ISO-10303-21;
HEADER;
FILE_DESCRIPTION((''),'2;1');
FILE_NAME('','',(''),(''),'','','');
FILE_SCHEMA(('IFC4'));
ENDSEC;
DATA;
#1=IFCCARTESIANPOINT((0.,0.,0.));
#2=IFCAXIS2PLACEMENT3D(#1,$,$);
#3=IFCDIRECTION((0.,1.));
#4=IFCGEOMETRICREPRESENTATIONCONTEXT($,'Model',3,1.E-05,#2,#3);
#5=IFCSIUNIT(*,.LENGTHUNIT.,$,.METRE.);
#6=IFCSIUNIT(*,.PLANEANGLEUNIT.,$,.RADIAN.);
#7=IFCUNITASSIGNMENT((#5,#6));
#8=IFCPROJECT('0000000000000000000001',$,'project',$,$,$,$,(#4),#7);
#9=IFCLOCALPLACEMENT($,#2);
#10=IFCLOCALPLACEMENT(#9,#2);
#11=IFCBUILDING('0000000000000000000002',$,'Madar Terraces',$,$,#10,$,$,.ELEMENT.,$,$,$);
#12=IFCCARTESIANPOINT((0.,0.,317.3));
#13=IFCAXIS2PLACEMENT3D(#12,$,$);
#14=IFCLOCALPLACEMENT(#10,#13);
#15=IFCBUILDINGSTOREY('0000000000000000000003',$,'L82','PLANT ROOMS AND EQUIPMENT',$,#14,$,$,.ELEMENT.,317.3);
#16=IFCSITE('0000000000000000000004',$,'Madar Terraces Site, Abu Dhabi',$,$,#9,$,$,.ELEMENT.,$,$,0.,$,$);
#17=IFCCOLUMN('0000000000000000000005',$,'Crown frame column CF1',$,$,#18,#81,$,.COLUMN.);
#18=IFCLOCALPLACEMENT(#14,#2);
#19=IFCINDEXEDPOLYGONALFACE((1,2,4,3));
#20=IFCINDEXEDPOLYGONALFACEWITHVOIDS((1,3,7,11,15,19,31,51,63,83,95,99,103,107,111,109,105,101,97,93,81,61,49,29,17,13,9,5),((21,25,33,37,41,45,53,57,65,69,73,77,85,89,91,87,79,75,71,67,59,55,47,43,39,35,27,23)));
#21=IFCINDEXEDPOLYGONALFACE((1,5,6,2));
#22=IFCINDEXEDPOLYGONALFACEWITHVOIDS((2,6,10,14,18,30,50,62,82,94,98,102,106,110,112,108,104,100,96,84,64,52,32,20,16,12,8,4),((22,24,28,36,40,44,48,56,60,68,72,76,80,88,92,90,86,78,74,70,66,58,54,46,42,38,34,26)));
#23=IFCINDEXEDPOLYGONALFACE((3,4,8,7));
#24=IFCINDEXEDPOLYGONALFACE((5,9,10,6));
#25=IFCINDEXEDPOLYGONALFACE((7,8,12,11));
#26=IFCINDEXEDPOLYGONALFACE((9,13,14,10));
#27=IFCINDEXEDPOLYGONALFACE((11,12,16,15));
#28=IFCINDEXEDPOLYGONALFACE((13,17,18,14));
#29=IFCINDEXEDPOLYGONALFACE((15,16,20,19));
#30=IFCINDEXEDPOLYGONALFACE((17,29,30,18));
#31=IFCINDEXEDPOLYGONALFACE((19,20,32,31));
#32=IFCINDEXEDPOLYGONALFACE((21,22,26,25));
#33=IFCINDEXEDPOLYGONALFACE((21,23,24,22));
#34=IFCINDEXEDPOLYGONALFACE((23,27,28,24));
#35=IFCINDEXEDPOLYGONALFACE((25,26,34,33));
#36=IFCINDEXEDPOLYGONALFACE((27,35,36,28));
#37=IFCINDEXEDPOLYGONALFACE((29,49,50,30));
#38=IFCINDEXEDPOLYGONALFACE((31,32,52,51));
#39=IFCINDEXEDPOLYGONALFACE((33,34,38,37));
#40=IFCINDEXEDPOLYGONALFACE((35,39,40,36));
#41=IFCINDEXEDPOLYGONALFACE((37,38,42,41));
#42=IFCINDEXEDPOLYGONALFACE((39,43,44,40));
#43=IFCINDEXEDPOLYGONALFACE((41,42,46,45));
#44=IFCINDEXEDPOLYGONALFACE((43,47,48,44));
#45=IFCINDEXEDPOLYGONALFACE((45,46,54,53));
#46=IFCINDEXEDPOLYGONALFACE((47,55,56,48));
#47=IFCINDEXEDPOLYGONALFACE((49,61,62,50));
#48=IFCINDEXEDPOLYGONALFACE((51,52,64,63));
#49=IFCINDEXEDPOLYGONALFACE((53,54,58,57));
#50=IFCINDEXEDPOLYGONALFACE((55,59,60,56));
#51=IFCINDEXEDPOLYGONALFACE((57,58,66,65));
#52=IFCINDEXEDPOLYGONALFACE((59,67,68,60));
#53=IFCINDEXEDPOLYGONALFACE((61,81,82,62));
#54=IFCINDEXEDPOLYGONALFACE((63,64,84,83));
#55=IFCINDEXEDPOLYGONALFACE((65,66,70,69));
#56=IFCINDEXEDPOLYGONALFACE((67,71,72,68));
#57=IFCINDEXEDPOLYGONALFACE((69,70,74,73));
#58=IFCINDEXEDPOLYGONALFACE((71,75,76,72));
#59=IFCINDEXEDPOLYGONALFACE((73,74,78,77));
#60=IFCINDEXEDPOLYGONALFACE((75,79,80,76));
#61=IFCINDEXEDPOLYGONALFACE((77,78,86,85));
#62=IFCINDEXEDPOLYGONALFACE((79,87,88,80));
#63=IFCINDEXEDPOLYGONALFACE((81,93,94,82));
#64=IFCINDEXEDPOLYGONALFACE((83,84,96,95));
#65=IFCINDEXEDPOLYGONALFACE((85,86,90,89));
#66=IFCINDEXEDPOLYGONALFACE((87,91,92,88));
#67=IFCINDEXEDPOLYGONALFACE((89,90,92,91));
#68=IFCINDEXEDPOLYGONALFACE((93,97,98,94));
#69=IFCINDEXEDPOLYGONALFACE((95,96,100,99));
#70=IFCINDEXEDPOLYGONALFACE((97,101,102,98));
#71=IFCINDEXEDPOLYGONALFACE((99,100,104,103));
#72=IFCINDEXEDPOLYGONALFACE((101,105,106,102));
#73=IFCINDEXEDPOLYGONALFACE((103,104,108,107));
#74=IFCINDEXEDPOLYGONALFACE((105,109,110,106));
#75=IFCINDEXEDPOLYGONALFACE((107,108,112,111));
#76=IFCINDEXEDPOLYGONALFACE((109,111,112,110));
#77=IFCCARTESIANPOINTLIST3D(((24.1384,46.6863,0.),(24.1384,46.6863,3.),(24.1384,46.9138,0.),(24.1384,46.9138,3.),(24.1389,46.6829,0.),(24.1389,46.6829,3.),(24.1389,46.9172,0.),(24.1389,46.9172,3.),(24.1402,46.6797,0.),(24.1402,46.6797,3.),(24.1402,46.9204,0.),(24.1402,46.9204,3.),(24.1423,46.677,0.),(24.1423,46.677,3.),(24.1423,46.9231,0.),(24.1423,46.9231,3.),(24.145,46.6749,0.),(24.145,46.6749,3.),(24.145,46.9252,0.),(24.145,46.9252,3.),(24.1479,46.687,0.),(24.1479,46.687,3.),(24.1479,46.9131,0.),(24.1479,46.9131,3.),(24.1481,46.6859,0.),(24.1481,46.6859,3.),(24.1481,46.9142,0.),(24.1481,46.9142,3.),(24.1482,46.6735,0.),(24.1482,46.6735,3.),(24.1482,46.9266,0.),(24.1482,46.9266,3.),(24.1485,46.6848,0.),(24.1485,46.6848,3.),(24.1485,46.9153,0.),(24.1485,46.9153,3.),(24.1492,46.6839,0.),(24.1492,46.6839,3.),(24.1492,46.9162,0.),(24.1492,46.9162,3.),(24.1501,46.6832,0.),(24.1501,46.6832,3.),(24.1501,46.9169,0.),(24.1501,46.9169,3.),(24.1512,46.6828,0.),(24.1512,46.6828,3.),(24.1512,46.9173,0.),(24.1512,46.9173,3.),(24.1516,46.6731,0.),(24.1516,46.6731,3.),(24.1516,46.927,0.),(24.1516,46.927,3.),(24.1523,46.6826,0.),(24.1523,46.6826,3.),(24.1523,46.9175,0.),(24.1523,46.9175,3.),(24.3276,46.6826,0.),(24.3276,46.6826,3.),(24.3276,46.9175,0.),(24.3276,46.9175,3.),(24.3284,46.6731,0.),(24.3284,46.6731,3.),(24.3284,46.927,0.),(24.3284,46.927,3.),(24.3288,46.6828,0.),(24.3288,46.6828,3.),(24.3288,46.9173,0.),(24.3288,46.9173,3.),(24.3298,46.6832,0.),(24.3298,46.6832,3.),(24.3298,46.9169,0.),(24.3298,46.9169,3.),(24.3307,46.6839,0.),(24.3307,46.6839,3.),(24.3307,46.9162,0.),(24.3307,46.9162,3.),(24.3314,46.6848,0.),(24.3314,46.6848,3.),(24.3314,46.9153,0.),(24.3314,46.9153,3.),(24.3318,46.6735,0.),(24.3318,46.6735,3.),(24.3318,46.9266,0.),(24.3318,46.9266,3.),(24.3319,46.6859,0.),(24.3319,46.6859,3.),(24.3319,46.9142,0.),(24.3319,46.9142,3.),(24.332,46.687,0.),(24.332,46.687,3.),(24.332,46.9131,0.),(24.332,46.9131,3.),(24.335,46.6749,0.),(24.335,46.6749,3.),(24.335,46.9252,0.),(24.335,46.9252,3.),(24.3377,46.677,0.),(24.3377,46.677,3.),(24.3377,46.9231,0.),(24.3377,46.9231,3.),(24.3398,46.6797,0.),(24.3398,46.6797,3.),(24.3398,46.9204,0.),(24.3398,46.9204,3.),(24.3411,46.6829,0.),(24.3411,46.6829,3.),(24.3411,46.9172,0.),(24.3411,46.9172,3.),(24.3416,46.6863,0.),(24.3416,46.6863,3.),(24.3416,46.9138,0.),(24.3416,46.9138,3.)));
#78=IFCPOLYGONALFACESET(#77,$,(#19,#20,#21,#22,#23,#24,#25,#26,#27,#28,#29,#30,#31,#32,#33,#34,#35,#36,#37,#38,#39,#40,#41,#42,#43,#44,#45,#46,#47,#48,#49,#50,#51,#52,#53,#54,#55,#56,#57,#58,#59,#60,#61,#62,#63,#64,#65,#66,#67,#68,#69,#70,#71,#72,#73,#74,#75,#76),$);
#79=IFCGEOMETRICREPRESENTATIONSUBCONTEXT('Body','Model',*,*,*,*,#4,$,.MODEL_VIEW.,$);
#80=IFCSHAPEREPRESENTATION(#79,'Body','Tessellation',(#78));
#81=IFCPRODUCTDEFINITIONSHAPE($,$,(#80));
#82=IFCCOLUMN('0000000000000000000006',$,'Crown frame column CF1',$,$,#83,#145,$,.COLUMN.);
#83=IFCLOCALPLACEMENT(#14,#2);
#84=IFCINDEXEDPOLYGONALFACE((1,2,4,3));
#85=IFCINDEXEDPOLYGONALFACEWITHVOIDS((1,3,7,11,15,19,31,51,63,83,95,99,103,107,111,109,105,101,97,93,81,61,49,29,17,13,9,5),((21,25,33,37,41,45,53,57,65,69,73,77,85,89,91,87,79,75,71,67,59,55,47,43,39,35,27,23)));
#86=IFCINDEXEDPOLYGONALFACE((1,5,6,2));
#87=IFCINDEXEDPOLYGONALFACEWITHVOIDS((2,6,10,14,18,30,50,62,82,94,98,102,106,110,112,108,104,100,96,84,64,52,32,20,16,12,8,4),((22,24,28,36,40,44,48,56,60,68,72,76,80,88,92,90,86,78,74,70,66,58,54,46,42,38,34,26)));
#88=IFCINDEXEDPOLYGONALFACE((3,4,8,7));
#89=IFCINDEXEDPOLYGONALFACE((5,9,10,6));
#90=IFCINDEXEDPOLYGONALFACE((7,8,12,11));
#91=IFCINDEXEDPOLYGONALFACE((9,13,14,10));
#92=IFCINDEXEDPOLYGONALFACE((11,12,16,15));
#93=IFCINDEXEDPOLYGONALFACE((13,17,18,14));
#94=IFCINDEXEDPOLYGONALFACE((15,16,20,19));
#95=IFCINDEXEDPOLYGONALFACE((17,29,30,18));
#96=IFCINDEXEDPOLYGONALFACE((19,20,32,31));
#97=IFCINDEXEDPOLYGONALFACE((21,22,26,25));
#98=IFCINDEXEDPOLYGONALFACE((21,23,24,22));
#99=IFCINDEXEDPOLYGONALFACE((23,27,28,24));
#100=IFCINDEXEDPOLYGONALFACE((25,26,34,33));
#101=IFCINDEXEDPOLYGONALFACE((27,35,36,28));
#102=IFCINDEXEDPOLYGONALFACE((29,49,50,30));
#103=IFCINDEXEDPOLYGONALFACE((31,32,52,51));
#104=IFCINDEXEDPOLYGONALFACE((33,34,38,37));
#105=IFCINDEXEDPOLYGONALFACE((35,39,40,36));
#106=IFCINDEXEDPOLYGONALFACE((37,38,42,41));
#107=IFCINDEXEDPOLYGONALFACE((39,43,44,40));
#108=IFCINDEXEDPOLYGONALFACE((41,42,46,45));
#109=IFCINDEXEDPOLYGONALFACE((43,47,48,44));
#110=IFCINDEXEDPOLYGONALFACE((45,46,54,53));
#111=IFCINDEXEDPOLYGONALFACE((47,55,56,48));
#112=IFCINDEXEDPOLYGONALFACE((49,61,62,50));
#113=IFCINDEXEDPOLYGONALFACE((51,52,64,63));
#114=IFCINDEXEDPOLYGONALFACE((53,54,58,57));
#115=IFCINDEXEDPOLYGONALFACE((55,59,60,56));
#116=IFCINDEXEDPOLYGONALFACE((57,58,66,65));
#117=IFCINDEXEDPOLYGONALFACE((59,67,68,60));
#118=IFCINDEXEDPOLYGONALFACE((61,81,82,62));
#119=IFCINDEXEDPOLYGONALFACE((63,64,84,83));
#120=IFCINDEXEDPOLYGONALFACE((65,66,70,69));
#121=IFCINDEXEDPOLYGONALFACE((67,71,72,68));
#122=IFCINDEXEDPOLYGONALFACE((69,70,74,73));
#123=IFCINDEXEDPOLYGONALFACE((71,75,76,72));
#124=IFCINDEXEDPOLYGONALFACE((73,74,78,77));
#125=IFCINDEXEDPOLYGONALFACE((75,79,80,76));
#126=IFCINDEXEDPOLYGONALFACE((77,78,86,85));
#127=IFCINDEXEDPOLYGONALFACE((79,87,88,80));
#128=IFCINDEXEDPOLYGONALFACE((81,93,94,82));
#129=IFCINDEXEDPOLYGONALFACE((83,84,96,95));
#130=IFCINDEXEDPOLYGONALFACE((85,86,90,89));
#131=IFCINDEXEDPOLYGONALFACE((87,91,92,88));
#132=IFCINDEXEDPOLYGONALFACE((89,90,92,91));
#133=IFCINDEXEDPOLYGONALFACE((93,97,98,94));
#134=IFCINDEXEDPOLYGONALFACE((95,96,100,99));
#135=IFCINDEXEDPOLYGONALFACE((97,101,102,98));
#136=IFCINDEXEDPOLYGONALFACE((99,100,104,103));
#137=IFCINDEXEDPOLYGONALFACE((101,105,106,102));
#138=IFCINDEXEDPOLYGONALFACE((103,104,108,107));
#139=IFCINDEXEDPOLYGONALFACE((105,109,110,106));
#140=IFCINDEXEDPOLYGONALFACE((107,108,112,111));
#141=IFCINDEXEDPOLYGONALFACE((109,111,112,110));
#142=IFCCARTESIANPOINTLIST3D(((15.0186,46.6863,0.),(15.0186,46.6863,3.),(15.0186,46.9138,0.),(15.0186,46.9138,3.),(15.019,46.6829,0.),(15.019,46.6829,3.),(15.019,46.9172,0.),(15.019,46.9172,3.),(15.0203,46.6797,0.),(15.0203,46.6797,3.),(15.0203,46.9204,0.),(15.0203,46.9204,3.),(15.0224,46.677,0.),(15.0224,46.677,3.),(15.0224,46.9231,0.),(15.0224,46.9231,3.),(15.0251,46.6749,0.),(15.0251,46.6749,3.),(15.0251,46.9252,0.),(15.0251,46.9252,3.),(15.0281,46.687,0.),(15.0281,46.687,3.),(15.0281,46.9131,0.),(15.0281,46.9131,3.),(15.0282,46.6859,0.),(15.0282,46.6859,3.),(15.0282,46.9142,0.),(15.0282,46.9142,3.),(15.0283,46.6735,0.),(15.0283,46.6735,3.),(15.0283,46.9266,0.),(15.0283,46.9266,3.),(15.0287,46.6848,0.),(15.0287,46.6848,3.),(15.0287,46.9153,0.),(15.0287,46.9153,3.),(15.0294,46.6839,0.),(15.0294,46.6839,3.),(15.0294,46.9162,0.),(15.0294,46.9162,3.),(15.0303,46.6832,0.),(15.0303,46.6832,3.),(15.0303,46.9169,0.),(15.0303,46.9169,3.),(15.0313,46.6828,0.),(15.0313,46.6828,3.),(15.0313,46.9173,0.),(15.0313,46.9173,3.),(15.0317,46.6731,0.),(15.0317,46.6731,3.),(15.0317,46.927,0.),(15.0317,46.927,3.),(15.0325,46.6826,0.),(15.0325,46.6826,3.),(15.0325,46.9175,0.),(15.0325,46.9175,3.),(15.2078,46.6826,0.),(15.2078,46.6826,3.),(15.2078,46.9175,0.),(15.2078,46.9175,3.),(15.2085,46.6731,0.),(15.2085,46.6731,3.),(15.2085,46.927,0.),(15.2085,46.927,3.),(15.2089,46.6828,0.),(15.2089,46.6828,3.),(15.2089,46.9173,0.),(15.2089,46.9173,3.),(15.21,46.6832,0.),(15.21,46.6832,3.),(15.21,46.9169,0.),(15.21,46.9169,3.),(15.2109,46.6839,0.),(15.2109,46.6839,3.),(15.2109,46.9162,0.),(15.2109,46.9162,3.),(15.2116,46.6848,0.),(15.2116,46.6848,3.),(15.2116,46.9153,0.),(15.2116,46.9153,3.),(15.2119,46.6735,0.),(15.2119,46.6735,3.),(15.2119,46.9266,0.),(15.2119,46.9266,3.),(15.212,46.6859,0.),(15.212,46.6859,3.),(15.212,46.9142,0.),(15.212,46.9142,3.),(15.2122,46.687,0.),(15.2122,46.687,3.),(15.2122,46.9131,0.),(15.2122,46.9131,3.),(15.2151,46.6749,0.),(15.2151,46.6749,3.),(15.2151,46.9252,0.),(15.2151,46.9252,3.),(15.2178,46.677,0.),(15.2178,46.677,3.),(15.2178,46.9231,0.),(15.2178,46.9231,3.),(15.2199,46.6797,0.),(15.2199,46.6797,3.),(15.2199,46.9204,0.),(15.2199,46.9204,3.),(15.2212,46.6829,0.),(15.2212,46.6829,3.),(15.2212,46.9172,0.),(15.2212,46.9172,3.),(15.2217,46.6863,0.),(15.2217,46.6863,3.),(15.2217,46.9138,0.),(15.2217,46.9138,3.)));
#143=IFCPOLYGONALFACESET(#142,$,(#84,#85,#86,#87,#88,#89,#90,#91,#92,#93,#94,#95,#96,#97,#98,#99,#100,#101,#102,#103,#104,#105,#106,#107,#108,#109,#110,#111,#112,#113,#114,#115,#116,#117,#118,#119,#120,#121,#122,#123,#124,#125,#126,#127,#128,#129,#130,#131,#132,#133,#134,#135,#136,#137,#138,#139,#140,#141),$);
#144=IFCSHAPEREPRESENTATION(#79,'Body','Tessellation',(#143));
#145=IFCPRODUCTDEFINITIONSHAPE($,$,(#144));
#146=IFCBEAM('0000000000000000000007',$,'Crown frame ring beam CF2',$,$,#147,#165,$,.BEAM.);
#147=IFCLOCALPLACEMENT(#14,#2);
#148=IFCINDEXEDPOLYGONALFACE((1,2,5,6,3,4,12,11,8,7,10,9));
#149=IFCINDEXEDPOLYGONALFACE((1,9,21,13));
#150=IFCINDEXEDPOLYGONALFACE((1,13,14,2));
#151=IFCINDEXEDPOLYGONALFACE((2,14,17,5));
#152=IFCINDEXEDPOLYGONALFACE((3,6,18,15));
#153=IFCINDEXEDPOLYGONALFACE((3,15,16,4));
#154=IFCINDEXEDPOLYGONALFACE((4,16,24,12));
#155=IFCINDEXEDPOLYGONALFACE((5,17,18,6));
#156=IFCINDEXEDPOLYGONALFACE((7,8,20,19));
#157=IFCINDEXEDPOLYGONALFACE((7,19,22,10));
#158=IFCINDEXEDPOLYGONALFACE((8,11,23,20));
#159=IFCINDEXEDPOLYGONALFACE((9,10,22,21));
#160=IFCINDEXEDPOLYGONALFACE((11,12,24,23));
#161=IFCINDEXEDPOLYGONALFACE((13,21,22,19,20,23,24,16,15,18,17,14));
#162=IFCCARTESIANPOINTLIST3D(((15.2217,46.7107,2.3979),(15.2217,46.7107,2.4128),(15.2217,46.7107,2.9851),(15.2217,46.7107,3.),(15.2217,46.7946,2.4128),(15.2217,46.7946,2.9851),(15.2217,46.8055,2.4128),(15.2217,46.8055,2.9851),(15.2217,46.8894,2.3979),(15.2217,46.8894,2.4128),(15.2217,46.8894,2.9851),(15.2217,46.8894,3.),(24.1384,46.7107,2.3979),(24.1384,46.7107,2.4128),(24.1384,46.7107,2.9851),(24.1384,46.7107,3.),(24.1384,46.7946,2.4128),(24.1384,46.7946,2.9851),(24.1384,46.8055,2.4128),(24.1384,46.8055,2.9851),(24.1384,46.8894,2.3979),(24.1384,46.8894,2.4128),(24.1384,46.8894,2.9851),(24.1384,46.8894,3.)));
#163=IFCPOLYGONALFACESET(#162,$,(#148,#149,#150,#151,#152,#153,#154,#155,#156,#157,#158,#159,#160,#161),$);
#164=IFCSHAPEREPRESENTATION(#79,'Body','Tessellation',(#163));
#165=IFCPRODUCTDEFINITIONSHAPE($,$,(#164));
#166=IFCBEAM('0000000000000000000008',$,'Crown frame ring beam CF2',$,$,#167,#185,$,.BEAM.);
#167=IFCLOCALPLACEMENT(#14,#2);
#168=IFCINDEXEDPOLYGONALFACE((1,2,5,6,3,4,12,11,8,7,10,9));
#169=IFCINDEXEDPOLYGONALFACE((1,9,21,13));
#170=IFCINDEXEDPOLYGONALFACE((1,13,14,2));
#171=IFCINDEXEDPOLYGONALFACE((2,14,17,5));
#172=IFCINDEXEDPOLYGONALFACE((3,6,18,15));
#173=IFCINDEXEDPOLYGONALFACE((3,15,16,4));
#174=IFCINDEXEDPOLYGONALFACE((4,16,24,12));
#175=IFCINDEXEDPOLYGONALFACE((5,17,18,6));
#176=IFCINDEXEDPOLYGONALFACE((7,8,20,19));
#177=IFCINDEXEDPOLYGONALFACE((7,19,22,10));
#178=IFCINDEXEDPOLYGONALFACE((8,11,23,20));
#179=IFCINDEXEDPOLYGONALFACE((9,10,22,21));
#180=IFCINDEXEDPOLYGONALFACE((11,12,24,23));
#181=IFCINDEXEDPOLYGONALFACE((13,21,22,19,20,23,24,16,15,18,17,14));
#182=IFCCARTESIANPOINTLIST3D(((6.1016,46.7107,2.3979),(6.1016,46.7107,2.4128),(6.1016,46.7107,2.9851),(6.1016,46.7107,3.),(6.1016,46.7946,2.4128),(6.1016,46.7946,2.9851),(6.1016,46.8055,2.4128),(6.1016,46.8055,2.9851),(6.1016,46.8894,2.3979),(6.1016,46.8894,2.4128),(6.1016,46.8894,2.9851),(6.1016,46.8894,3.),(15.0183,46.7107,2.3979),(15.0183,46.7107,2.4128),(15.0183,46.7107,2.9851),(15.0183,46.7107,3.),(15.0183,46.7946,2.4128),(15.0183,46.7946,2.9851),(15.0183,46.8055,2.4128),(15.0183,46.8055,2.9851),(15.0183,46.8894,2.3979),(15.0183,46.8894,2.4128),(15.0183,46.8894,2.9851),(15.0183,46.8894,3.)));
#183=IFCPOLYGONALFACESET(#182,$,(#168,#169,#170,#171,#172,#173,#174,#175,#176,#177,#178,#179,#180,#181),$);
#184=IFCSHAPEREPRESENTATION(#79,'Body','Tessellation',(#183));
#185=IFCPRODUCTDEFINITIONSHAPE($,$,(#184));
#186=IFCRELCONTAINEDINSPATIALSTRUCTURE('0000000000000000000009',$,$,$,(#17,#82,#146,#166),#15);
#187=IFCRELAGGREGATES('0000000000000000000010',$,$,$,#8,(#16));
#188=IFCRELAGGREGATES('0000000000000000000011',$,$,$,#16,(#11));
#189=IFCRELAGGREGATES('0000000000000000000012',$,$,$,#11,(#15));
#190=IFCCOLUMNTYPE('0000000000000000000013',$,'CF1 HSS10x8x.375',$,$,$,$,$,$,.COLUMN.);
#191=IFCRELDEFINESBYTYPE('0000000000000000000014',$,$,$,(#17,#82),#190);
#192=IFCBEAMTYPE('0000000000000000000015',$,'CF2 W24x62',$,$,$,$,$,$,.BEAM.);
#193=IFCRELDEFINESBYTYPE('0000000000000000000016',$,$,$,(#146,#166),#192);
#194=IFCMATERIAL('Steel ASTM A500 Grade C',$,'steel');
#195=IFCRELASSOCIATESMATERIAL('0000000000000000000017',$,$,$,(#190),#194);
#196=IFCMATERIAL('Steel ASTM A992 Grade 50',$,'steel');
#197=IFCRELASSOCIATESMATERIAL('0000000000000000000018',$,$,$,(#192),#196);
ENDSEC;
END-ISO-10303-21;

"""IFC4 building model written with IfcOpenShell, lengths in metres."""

from ifc_helpers import new_model, si_unit, direction, frame, origin, origin_2d, place, context, subcontext, project, spatial, hollow_rectangle, i_section, extrude, material, material_profile, profile_set, type_object, element, save


model = new_model("IFC4")

# Units and contexts
model_context = context("Model", 3, precision=1e-05, world=origin(), true_north=direction((0.0, 1.0)))
body_context = subcontext(model_context, "Body", "Model", "MODEL_VIEW")
ifc_project = project(units=[si_unit("LENGTHUNIT", "METRE"), si_unit("PLANEANGLEUNIT", "RADIAN")], contexts=[model_context])

# Site, building, storey
site_placement = place(None, origin())
site = spatial("IfcSite", under=ifc_project, at=site_placement, Name="Madar Terraces Site, Abu Dhabi", CompositionType="ELEMENT", RefElevation=0.0)
building_placement = place(site_placement, origin())
building = spatial("IfcBuilding", under=site, at=building_placement, Name="Madar Terraces", CompositionType="ELEMENT")
storey_placement = place(building_placement, frame((0.0, 0.0, 317.3)))
storey = spatial("IfcBuildingStorey", under=building, at=storey_placement, Name="L82", Description="PLANT ROOMS AND EQUIPMENT", CompositionType="ELEMENT", Elevation=317.3)

# Columns
ifc_material_1 = material(Name="Steel ASTM A500 Grade C", Category="steel")
ifc_material_profile_1 = material_profile(ifc_material_1, hollow_rectangle(XDim=0.2031, YDim=0.2539, WallThickness=0.0095, InnerFilletRadius=0.0044, OuterFilletRadius=0.0132, at=origin_2d()), Name="HSS10x8x.375")
ifc_profile_set_1 = profile_set([ifc_material_profile_1], Name="Steel ASTM A500 Grade C")
column_type = type_object("IfcColumnType", Name="CF1 HSS10x8x.375", PredefinedType="COLUMN", material=ifc_profile_set_1)
for number, where, z_axis, x_axis, name in (
    (1, (24.24, 46.8, 0.0), (0.0, 0.0, 1.0), (1.0, 0.0, 0.0), "Crown frame column CF1"),
    (2, (15.1201, 46.8, 0.0), (0.0, 0.0, 1.0), (1.0, 0.0, 0.0), "Crown frame column CF1"),
):
    element("IfcColumn", number, at=place(storey_placement, frame(where, z_axis=z_axis, x_axis=x_axis)), inside=storey, type_object=column_type, Name=name, PredefinedType="COLUMN", context=body_context, shape_type="SweptSolid", body=[
        extrude(hollow_rectangle(XDim=0.2031, YDim=0.2539, WallThickness=0.0095, InnerFilletRadius=0.0044, OuterFilletRadius=0.0132, at=origin_2d()), origin(), (0.0, 0.0, 1.0), 3.0),
    ])

# Beams
ifc_material_2 = material(Name="Steel ASTM A992 Grade 50", Category="steel")
ifc_material_profile_2 = material_profile(ifc_material_2, i_section(OverallWidth=0.1787, OverallDepth=0.6021, WebThickness=0.011, FlangeThickness=0.0149, at=origin_2d()), Name="W24x62")
ifc_profile_set_2 = profile_set([ifc_material_profile_2], Name="Steel ASTM A992 Grade 50")
beam_type = type_object("IfcBeamType", Name="CF2 W24x62", PredefinedType="BEAM", material=ifc_profile_set_2)
for number, where, z_axis, x_axis, name in (
    (3, (24.1384, 46.8, 2.699), (-1.0, 0.0, 0.0), (0.0, -1.0, 0.0), "Crown frame ring beam CF2"),
    (4, (15.0183, 46.8, 2.699), (-1.0, 0.0, 0.0), (0.0, -1.0, 0.0), "Crown frame ring beam CF2"),
):
    element("IfcBeam", number, at=place(storey_placement, frame(where, z_axis=z_axis, x_axis=x_axis)), inside=storey, type_object=beam_type, Name=name, PredefinedType="BEAM", context=body_context, shape_type="SweptSolid", body=[
        extrude(i_section(OverallWidth=0.1787, OverallDepth=0.6021, WebThickness=0.011, FlangeThickness=0.0149, at=origin_2d()), origin(), (0.0, 0.0, 1.0), 8.9167),
    ])

save(model, "model.ifc")
